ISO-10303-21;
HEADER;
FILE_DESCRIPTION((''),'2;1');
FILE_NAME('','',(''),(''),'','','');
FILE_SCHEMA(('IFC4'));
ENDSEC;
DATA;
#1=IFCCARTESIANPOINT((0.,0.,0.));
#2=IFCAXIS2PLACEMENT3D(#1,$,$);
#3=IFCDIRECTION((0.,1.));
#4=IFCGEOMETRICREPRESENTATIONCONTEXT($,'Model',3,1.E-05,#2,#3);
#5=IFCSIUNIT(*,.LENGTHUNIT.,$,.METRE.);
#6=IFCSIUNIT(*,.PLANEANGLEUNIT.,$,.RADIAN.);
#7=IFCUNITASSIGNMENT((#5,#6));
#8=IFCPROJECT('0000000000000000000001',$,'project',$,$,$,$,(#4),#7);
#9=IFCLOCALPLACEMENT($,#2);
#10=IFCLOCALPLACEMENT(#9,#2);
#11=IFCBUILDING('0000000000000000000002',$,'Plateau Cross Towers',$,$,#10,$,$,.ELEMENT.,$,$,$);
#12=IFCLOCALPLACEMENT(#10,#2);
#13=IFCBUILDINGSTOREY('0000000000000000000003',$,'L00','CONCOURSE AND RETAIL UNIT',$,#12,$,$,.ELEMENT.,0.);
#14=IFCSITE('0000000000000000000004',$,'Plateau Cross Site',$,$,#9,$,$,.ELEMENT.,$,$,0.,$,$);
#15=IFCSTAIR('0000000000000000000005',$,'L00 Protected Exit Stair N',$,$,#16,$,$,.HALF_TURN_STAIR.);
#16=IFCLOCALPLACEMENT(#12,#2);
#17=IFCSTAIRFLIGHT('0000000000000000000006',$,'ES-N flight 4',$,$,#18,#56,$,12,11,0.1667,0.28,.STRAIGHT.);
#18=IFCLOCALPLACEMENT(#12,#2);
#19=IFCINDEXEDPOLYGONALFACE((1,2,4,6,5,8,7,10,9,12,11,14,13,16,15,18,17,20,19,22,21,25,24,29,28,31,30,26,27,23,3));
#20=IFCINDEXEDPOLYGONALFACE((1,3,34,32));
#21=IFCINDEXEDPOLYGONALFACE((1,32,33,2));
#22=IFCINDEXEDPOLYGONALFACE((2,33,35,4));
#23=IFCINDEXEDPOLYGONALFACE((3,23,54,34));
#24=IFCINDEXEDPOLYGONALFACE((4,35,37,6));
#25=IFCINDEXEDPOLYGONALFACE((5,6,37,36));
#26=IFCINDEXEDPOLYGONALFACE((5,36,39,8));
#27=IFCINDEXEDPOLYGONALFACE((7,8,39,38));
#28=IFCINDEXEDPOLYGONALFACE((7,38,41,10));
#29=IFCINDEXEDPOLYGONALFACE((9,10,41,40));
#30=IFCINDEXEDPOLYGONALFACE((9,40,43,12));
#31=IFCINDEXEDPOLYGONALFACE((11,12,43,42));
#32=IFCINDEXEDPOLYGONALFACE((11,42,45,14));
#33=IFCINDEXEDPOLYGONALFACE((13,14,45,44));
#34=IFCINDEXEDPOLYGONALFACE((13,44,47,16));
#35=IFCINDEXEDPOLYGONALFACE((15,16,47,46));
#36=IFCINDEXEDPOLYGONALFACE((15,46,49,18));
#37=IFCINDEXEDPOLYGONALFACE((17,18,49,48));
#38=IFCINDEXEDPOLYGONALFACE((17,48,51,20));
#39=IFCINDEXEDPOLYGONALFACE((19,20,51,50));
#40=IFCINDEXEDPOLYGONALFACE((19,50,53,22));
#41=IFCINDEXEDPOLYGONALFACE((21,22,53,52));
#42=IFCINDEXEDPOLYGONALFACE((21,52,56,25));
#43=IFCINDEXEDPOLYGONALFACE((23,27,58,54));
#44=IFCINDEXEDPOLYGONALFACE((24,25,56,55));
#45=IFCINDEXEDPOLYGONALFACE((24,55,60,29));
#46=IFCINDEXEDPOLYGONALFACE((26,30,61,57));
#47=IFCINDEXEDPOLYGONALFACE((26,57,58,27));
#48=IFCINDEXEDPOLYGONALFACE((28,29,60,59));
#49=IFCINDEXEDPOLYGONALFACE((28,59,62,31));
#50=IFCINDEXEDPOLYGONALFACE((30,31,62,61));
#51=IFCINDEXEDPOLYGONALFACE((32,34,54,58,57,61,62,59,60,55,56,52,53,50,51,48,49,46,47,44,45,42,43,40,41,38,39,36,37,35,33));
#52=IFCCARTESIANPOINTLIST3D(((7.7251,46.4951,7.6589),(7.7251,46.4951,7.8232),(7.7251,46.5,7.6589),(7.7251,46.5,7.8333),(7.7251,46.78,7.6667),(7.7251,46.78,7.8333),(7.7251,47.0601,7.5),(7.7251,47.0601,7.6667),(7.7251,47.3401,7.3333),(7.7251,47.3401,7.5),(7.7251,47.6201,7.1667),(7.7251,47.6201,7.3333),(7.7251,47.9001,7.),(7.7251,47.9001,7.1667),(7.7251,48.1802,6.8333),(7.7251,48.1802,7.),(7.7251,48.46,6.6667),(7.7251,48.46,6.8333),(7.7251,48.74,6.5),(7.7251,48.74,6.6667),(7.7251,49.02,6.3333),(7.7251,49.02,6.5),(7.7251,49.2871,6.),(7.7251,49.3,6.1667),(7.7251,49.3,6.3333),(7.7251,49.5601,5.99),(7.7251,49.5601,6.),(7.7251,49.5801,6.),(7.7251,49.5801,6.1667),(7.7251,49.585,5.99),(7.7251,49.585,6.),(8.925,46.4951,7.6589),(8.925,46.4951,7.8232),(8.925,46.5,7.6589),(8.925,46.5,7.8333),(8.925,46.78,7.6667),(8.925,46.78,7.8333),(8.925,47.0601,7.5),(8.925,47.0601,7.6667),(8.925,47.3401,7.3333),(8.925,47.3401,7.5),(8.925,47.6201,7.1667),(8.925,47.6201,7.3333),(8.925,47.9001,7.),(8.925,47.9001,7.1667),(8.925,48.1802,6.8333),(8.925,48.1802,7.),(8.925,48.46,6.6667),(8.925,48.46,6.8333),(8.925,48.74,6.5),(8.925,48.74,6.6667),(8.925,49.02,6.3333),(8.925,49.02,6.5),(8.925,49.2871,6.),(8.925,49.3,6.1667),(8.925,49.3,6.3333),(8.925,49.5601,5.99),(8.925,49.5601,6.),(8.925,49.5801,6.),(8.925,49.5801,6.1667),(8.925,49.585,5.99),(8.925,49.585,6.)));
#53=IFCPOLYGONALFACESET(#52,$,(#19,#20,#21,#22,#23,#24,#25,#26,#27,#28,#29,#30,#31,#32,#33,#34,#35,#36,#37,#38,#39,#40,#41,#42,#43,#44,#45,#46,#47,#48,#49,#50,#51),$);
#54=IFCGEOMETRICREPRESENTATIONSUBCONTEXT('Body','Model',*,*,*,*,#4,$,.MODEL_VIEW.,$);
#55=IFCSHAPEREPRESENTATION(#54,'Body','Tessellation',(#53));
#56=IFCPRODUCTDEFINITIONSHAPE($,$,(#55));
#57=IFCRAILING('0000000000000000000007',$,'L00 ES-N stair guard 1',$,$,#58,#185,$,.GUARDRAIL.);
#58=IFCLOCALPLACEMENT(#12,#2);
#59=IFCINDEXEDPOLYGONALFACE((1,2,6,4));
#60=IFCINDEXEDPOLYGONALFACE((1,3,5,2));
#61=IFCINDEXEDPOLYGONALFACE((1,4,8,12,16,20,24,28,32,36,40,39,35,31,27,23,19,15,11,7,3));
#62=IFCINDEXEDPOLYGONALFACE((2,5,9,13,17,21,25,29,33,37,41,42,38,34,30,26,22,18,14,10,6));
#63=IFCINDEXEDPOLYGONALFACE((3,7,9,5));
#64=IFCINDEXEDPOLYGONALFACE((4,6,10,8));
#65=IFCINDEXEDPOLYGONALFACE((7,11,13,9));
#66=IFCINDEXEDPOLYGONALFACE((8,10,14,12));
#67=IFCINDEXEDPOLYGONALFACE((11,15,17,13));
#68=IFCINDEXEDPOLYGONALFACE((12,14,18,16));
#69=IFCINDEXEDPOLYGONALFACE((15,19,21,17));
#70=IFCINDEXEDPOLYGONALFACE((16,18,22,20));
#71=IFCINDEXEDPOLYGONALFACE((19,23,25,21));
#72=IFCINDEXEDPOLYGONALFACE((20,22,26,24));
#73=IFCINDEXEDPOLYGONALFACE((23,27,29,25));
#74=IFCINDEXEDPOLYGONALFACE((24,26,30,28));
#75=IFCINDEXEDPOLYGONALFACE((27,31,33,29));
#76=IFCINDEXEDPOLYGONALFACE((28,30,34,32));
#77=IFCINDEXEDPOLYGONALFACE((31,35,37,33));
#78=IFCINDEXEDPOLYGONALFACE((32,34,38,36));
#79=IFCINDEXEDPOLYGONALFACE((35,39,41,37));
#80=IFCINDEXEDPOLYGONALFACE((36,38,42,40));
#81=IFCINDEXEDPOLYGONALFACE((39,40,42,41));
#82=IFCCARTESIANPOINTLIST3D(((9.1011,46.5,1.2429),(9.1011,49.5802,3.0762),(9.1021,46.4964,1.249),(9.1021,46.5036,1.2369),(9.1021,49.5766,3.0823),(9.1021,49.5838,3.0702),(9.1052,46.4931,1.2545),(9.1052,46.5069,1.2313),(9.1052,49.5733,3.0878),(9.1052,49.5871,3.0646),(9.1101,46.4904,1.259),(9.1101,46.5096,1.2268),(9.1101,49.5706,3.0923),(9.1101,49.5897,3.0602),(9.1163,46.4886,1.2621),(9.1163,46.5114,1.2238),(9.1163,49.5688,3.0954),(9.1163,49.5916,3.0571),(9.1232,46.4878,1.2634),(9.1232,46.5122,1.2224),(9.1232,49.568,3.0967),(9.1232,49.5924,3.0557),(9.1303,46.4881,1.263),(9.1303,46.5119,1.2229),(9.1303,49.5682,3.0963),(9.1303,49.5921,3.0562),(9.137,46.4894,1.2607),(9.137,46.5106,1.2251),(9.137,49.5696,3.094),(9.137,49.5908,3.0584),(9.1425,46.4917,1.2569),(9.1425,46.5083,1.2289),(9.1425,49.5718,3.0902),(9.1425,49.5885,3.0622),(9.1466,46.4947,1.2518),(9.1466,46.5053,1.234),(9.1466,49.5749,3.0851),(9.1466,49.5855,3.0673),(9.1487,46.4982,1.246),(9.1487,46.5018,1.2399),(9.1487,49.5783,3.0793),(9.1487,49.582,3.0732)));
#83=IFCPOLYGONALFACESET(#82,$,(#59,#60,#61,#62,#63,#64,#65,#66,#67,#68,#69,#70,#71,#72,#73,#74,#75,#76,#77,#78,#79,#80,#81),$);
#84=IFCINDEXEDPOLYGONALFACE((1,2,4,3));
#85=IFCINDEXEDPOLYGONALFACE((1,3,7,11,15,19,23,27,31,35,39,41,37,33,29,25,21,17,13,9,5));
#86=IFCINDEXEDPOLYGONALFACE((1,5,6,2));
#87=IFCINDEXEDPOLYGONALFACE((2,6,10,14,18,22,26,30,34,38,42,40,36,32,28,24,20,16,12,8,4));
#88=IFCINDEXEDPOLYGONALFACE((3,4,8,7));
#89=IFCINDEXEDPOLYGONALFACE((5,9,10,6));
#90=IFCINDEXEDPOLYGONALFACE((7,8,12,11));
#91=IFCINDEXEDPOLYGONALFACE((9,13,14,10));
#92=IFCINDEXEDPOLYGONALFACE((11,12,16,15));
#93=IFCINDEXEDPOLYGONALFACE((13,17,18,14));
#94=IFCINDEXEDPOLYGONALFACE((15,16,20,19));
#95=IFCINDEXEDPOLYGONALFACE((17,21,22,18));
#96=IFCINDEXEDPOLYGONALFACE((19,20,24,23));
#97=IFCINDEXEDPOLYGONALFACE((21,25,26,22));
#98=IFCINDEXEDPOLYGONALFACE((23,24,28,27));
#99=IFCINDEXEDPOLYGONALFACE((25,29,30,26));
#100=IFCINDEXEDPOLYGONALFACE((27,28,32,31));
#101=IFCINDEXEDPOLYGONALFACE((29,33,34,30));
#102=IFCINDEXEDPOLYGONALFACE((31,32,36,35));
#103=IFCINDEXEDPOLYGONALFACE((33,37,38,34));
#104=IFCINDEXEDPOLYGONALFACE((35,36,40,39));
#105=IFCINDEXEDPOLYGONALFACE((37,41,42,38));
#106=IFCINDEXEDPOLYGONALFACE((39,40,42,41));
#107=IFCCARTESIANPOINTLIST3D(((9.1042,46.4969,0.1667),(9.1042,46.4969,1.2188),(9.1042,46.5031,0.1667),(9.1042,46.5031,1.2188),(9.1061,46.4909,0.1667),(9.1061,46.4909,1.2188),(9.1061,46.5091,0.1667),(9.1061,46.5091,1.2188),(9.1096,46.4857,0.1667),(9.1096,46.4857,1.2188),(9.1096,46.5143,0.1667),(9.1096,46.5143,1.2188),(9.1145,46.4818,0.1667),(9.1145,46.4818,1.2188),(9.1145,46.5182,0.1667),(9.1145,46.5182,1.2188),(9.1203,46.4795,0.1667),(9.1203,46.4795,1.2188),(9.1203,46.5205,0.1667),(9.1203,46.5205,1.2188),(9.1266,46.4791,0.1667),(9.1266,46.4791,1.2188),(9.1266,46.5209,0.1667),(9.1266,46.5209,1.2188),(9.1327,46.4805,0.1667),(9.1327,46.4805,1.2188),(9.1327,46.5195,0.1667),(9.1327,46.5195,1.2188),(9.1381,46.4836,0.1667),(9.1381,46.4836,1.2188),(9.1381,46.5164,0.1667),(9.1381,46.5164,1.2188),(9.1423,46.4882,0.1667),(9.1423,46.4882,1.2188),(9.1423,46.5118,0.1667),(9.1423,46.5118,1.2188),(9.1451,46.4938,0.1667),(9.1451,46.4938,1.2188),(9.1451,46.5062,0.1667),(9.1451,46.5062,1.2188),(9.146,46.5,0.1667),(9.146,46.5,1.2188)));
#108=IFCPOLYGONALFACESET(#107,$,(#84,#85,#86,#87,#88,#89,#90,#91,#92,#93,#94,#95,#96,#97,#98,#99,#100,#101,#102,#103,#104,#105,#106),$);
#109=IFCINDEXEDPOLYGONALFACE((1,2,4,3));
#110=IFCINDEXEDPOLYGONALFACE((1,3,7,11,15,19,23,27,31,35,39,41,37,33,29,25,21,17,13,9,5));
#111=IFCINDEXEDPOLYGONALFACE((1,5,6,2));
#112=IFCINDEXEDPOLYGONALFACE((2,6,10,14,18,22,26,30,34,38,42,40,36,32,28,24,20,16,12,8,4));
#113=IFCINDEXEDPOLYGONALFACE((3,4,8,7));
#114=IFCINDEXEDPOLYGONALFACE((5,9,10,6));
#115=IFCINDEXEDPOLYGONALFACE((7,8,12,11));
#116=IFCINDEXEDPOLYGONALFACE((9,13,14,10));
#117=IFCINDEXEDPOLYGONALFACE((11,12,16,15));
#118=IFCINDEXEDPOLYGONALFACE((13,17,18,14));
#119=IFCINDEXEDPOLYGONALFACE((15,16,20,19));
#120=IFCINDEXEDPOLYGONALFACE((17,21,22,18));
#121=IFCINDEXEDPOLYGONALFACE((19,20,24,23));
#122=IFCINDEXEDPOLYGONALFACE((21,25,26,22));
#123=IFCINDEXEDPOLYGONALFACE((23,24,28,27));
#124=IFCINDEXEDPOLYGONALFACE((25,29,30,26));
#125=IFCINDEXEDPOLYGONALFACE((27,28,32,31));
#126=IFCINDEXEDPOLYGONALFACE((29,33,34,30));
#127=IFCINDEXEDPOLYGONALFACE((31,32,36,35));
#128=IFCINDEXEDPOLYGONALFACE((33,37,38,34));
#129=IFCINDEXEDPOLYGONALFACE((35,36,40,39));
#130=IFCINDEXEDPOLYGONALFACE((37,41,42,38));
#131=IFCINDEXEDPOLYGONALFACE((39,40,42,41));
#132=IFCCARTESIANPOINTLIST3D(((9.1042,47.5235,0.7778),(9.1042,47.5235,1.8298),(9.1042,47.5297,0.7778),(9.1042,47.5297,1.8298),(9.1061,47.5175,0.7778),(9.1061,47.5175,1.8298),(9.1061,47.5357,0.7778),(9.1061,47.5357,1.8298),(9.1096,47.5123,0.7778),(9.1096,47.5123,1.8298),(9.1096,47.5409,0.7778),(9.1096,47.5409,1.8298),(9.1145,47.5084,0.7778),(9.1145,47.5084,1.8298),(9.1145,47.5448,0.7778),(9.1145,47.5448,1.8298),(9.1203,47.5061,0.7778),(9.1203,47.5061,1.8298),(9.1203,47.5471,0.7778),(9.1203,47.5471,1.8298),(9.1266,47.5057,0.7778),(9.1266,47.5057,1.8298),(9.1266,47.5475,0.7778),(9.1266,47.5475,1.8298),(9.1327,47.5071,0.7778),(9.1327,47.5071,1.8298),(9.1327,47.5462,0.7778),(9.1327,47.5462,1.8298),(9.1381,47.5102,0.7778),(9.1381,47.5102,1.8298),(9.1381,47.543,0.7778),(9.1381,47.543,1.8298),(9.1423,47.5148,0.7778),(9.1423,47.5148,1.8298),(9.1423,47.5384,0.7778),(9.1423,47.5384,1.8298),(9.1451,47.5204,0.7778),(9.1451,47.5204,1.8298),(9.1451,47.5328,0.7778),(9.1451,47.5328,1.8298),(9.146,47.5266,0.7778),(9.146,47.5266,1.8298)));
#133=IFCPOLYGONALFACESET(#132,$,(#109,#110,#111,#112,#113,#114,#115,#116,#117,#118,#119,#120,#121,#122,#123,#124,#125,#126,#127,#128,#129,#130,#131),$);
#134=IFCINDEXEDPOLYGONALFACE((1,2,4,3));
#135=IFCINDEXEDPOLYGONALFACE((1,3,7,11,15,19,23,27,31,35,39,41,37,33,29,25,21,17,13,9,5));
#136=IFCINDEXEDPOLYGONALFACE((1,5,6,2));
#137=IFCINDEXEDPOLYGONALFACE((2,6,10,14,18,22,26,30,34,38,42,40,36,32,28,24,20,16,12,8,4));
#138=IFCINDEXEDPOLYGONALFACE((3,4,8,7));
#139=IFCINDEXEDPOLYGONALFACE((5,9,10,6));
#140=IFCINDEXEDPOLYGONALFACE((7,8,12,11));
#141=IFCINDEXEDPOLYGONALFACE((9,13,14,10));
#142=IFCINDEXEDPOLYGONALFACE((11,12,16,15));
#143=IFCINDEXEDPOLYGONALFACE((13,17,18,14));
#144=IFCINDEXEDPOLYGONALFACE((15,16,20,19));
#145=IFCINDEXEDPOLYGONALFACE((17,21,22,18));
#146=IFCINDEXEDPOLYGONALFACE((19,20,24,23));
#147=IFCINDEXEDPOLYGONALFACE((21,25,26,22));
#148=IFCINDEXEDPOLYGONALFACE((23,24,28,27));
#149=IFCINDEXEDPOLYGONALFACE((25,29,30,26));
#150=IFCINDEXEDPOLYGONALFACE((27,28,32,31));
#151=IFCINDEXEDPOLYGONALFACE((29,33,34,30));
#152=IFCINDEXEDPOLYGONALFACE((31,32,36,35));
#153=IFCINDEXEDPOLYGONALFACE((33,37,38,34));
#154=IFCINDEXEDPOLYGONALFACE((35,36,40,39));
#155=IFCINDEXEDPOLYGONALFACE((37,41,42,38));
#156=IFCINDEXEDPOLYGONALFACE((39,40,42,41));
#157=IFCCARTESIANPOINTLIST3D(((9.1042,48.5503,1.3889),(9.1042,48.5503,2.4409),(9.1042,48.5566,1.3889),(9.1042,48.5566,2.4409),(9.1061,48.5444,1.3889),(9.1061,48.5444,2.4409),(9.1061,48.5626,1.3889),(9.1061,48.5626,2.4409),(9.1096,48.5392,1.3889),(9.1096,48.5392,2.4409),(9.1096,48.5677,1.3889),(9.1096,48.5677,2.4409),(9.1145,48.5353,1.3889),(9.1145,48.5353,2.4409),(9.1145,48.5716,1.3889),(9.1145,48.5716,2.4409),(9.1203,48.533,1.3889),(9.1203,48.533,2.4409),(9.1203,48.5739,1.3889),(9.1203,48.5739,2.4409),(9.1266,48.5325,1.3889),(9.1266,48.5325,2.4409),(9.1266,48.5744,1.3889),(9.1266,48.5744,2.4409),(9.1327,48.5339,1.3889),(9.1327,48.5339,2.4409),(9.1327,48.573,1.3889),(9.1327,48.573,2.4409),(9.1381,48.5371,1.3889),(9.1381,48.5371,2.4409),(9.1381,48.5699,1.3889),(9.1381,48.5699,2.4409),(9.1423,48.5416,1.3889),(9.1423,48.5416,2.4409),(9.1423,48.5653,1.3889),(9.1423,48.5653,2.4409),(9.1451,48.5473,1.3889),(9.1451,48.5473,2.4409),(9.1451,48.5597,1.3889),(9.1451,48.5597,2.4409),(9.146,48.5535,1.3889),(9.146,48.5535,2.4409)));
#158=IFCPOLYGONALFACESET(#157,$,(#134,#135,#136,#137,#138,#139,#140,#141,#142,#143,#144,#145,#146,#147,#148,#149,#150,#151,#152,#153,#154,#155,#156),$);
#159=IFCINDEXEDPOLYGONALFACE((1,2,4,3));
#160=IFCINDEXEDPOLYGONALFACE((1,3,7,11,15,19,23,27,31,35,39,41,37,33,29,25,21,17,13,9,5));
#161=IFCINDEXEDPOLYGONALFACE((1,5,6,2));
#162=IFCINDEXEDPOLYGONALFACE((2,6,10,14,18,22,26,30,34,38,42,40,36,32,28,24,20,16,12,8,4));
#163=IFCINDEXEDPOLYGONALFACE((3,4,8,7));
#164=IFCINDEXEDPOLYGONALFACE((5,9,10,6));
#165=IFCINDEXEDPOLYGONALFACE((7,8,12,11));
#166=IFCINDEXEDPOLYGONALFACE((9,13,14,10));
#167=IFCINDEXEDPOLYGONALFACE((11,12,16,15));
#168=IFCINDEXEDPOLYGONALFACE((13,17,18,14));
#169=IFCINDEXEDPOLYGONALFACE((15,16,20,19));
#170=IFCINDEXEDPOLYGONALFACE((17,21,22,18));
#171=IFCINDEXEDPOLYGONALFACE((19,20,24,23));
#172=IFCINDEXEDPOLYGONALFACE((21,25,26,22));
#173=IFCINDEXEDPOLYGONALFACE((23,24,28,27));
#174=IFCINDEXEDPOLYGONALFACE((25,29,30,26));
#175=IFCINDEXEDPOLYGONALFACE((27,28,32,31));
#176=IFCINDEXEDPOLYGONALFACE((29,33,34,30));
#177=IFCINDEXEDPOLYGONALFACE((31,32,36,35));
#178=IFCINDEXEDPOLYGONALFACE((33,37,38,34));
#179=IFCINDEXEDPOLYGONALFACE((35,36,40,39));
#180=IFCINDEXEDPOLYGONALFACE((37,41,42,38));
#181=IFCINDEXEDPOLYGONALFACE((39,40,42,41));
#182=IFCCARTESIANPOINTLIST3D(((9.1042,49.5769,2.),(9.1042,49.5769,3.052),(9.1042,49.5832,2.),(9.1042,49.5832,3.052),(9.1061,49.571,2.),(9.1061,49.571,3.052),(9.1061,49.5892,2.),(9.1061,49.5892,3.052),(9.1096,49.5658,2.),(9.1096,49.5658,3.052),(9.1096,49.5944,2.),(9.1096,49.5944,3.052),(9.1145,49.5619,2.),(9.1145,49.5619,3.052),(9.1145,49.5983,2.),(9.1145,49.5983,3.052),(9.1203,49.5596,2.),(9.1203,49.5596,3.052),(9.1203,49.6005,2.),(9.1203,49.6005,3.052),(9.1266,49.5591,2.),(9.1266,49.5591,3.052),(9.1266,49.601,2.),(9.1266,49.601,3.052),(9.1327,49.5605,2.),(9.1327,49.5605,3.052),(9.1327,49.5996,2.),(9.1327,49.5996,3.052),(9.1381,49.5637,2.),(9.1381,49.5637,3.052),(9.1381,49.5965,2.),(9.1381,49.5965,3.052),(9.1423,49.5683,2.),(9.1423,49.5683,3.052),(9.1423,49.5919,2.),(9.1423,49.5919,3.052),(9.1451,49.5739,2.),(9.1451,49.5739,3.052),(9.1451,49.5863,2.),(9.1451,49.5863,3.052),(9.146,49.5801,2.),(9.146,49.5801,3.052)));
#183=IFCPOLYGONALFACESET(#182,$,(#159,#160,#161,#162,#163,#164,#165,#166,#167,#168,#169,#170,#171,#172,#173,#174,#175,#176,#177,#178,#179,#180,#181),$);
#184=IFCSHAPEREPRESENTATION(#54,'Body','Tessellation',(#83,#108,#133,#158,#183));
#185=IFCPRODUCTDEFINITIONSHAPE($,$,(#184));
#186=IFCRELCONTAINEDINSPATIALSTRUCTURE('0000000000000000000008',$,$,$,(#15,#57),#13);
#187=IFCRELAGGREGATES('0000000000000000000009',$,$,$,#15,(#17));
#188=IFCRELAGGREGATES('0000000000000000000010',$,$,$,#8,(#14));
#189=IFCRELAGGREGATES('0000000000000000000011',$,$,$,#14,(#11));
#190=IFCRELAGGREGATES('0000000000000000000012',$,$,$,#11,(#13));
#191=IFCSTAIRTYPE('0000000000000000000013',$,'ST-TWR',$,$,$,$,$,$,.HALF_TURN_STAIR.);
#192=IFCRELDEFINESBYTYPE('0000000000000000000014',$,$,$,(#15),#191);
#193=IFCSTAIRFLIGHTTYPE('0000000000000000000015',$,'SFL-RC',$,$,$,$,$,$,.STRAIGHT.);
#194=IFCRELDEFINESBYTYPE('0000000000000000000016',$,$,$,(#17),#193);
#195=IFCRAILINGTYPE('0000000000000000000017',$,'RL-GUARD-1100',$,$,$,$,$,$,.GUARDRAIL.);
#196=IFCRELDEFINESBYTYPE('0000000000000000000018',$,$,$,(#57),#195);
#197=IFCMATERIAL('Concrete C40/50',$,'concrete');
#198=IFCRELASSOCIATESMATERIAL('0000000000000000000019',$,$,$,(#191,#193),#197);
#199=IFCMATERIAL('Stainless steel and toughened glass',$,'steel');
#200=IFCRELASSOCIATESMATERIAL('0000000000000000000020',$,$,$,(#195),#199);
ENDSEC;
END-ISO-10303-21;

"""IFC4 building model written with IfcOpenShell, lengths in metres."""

from ifc_helpers import new_model, si_unit, direction, frame, origin, origin_2d, place, context, subcontext, project, spatial, polyline, circle, outline, extrude, material, type_object, element, aggregate, save


model = new_model("IFC4")

# Units and contexts
model_context = context("Model", 3, precision=1e-05, world=origin(), true_north=direction((0.0, 1.0)))
body_context = subcontext(model_context, "Body", "Model", "MODEL_VIEW")
ifc_project = project(units=[si_unit("LENGTHUNIT", "METRE"), si_unit("PLANEANGLEUNIT", "RADIAN")], contexts=[model_context])

# Site, building, storey
site_placement = place(None, origin())
site = spatial("IfcSite", under=ifc_project, at=site_placement, Name="Plateau Cross Site", CompositionType="ELEMENT", RefElevation=0.0)
building_placement = place(site_placement, origin())
building = spatial("IfcBuilding", under=site, at=building_placement, Name="Plateau Cross Towers", CompositionType="ELEMENT")
storey_placement = place(building_placement, origin())
storey = spatial("IfcBuildingStorey", under=building, at=storey_placement, Name="L00", Description="CONCOURSE AND RETAIL UNIT", CompositionType="ELEMENT", Elevation=0.0)

# Stair, stair flight
ifc_material_1 = material(Name="Concrete C40/50", Category="concrete")
stair_type = type_object("IfcStairType", Name="ST-TWR", PredefinedType="HALF_TURN_STAIR", material=ifc_material_1)
stair_placement = place(storey_placement, origin())
stair = element("IfcStair", 1, at=stair_placement, inside=storey, type_object=stair_type, Name="L00 Protected Exit Stair N", PredefinedType="HALF_TURN_STAIR")
stair_flight_type = type_object("IfcStairFlightType", Name="SFL-RC", PredefinedType="STRAIGHT", material=ifc_material_1)
stair_flight_1_placement = place(storey_placement, frame((8.325, 49.5801, 6.0), z_axis=(0.0, 0.0, 1.0), x_axis=(0.0, -1.0, 0.0)))
stair_flight_1 = element("IfcStairFlight", 2, at=stair_flight_1_placement, type_object=stair_flight_type, Name="ES-N flight 4", NumberOfRisers=12, NumberOfTreads=11, PredefinedType="STRAIGHT", RiserHeight=0.1667, TreadLength=0.28, context=body_context, shape_type="SweptSolid", body=[
    extrude(outline(polyline([(-0.0049, -0.01), (-0.0049, 0.0), (0.0, 0.0), (0.0, 0.1667), (0.28, 0.1667), (0.28, 0.3333), (0.5601, 0.3333), (0.5601, 0.5), (0.8401, 0.5), (0.8401, 0.6667), (1.1201, 0.6667), (1.1201, 0.8333), (1.3999, 0.8333), (1.3999, 1.0), (1.6799, 1.0), (1.6799, 1.1667), (1.96, 1.1667), (1.96, 1.3333), (2.24, 1.3333), (2.24, 1.5), (2.52, 1.5), (2.52, 1.6667), (2.8, 1.6667), (2.8, 1.8333), (3.0801, 1.8333), (3.085, 1.8232), (3.085, 1.6589), (3.0801, 1.6589), (0.293, 0.0), (0.02, 0.0), (0.02, -0.01), (-0.0049, -0.01)])), frame((0.0, 0.6001, 0.0), z_axis=(0.0, -1.0, 0.0), x_axis=(1.0, 0.0, 0.0)), (0.0, 0.0, 1.0), 1.2),
])
aggregate(stair, [stair_flight_1])

# Railing
ifc_material_2 = material(Name="Stainless steel and toughened glass", Category="steel")
railing_type_1 = type_object("IfcRailingType", Name="RL-GUARD-1100", PredefinedType="GUARDRAIL", material=ifc_material_2)
railing_1_placement = place(storey_placement, frame((9.125, 46.5, 0.1667)))
element("IfcRailing", 3, at=railing_1_placement, inside=storey, type_object=railing_type_1, Name="L00 ES-N stair guard 1", PredefinedType="GUARDRAIL", context=body_context, shape_type="SweptSolid", body=[
    extrude(circle(Radius=0.0239, at=origin_2d()), frame((0.0, 0.0, 1.0762), z_axis=(0.0, 0.859309, 0.511458), x_axis=(-1.0, 0.0, 0.0)), (0.0, 0.0, 1.0), 3.5845),
    extrude(circle(Radius=0.021, at=origin_2d()), origin(), (0.0, 0.0, 1.0), 1.052),
    extrude(circle(Radius=0.021, at=origin_2d()), frame((0.0, 1.0266, 0.6111)), (0.0, 0.0, 1.0), 1.052),
    extrude(circle(Radius=0.021, at=origin_2d()), frame((0.0, 2.0535, 1.2222)), (0.0, 0.0, 1.0), 1.052),
    extrude(circle(Radius=0.021, at=origin_2d()), frame((0.0, 3.0801, 1.8333)), (0.0, 0.0, 1.0), 1.052),
])

save(model, "model.ifc")
